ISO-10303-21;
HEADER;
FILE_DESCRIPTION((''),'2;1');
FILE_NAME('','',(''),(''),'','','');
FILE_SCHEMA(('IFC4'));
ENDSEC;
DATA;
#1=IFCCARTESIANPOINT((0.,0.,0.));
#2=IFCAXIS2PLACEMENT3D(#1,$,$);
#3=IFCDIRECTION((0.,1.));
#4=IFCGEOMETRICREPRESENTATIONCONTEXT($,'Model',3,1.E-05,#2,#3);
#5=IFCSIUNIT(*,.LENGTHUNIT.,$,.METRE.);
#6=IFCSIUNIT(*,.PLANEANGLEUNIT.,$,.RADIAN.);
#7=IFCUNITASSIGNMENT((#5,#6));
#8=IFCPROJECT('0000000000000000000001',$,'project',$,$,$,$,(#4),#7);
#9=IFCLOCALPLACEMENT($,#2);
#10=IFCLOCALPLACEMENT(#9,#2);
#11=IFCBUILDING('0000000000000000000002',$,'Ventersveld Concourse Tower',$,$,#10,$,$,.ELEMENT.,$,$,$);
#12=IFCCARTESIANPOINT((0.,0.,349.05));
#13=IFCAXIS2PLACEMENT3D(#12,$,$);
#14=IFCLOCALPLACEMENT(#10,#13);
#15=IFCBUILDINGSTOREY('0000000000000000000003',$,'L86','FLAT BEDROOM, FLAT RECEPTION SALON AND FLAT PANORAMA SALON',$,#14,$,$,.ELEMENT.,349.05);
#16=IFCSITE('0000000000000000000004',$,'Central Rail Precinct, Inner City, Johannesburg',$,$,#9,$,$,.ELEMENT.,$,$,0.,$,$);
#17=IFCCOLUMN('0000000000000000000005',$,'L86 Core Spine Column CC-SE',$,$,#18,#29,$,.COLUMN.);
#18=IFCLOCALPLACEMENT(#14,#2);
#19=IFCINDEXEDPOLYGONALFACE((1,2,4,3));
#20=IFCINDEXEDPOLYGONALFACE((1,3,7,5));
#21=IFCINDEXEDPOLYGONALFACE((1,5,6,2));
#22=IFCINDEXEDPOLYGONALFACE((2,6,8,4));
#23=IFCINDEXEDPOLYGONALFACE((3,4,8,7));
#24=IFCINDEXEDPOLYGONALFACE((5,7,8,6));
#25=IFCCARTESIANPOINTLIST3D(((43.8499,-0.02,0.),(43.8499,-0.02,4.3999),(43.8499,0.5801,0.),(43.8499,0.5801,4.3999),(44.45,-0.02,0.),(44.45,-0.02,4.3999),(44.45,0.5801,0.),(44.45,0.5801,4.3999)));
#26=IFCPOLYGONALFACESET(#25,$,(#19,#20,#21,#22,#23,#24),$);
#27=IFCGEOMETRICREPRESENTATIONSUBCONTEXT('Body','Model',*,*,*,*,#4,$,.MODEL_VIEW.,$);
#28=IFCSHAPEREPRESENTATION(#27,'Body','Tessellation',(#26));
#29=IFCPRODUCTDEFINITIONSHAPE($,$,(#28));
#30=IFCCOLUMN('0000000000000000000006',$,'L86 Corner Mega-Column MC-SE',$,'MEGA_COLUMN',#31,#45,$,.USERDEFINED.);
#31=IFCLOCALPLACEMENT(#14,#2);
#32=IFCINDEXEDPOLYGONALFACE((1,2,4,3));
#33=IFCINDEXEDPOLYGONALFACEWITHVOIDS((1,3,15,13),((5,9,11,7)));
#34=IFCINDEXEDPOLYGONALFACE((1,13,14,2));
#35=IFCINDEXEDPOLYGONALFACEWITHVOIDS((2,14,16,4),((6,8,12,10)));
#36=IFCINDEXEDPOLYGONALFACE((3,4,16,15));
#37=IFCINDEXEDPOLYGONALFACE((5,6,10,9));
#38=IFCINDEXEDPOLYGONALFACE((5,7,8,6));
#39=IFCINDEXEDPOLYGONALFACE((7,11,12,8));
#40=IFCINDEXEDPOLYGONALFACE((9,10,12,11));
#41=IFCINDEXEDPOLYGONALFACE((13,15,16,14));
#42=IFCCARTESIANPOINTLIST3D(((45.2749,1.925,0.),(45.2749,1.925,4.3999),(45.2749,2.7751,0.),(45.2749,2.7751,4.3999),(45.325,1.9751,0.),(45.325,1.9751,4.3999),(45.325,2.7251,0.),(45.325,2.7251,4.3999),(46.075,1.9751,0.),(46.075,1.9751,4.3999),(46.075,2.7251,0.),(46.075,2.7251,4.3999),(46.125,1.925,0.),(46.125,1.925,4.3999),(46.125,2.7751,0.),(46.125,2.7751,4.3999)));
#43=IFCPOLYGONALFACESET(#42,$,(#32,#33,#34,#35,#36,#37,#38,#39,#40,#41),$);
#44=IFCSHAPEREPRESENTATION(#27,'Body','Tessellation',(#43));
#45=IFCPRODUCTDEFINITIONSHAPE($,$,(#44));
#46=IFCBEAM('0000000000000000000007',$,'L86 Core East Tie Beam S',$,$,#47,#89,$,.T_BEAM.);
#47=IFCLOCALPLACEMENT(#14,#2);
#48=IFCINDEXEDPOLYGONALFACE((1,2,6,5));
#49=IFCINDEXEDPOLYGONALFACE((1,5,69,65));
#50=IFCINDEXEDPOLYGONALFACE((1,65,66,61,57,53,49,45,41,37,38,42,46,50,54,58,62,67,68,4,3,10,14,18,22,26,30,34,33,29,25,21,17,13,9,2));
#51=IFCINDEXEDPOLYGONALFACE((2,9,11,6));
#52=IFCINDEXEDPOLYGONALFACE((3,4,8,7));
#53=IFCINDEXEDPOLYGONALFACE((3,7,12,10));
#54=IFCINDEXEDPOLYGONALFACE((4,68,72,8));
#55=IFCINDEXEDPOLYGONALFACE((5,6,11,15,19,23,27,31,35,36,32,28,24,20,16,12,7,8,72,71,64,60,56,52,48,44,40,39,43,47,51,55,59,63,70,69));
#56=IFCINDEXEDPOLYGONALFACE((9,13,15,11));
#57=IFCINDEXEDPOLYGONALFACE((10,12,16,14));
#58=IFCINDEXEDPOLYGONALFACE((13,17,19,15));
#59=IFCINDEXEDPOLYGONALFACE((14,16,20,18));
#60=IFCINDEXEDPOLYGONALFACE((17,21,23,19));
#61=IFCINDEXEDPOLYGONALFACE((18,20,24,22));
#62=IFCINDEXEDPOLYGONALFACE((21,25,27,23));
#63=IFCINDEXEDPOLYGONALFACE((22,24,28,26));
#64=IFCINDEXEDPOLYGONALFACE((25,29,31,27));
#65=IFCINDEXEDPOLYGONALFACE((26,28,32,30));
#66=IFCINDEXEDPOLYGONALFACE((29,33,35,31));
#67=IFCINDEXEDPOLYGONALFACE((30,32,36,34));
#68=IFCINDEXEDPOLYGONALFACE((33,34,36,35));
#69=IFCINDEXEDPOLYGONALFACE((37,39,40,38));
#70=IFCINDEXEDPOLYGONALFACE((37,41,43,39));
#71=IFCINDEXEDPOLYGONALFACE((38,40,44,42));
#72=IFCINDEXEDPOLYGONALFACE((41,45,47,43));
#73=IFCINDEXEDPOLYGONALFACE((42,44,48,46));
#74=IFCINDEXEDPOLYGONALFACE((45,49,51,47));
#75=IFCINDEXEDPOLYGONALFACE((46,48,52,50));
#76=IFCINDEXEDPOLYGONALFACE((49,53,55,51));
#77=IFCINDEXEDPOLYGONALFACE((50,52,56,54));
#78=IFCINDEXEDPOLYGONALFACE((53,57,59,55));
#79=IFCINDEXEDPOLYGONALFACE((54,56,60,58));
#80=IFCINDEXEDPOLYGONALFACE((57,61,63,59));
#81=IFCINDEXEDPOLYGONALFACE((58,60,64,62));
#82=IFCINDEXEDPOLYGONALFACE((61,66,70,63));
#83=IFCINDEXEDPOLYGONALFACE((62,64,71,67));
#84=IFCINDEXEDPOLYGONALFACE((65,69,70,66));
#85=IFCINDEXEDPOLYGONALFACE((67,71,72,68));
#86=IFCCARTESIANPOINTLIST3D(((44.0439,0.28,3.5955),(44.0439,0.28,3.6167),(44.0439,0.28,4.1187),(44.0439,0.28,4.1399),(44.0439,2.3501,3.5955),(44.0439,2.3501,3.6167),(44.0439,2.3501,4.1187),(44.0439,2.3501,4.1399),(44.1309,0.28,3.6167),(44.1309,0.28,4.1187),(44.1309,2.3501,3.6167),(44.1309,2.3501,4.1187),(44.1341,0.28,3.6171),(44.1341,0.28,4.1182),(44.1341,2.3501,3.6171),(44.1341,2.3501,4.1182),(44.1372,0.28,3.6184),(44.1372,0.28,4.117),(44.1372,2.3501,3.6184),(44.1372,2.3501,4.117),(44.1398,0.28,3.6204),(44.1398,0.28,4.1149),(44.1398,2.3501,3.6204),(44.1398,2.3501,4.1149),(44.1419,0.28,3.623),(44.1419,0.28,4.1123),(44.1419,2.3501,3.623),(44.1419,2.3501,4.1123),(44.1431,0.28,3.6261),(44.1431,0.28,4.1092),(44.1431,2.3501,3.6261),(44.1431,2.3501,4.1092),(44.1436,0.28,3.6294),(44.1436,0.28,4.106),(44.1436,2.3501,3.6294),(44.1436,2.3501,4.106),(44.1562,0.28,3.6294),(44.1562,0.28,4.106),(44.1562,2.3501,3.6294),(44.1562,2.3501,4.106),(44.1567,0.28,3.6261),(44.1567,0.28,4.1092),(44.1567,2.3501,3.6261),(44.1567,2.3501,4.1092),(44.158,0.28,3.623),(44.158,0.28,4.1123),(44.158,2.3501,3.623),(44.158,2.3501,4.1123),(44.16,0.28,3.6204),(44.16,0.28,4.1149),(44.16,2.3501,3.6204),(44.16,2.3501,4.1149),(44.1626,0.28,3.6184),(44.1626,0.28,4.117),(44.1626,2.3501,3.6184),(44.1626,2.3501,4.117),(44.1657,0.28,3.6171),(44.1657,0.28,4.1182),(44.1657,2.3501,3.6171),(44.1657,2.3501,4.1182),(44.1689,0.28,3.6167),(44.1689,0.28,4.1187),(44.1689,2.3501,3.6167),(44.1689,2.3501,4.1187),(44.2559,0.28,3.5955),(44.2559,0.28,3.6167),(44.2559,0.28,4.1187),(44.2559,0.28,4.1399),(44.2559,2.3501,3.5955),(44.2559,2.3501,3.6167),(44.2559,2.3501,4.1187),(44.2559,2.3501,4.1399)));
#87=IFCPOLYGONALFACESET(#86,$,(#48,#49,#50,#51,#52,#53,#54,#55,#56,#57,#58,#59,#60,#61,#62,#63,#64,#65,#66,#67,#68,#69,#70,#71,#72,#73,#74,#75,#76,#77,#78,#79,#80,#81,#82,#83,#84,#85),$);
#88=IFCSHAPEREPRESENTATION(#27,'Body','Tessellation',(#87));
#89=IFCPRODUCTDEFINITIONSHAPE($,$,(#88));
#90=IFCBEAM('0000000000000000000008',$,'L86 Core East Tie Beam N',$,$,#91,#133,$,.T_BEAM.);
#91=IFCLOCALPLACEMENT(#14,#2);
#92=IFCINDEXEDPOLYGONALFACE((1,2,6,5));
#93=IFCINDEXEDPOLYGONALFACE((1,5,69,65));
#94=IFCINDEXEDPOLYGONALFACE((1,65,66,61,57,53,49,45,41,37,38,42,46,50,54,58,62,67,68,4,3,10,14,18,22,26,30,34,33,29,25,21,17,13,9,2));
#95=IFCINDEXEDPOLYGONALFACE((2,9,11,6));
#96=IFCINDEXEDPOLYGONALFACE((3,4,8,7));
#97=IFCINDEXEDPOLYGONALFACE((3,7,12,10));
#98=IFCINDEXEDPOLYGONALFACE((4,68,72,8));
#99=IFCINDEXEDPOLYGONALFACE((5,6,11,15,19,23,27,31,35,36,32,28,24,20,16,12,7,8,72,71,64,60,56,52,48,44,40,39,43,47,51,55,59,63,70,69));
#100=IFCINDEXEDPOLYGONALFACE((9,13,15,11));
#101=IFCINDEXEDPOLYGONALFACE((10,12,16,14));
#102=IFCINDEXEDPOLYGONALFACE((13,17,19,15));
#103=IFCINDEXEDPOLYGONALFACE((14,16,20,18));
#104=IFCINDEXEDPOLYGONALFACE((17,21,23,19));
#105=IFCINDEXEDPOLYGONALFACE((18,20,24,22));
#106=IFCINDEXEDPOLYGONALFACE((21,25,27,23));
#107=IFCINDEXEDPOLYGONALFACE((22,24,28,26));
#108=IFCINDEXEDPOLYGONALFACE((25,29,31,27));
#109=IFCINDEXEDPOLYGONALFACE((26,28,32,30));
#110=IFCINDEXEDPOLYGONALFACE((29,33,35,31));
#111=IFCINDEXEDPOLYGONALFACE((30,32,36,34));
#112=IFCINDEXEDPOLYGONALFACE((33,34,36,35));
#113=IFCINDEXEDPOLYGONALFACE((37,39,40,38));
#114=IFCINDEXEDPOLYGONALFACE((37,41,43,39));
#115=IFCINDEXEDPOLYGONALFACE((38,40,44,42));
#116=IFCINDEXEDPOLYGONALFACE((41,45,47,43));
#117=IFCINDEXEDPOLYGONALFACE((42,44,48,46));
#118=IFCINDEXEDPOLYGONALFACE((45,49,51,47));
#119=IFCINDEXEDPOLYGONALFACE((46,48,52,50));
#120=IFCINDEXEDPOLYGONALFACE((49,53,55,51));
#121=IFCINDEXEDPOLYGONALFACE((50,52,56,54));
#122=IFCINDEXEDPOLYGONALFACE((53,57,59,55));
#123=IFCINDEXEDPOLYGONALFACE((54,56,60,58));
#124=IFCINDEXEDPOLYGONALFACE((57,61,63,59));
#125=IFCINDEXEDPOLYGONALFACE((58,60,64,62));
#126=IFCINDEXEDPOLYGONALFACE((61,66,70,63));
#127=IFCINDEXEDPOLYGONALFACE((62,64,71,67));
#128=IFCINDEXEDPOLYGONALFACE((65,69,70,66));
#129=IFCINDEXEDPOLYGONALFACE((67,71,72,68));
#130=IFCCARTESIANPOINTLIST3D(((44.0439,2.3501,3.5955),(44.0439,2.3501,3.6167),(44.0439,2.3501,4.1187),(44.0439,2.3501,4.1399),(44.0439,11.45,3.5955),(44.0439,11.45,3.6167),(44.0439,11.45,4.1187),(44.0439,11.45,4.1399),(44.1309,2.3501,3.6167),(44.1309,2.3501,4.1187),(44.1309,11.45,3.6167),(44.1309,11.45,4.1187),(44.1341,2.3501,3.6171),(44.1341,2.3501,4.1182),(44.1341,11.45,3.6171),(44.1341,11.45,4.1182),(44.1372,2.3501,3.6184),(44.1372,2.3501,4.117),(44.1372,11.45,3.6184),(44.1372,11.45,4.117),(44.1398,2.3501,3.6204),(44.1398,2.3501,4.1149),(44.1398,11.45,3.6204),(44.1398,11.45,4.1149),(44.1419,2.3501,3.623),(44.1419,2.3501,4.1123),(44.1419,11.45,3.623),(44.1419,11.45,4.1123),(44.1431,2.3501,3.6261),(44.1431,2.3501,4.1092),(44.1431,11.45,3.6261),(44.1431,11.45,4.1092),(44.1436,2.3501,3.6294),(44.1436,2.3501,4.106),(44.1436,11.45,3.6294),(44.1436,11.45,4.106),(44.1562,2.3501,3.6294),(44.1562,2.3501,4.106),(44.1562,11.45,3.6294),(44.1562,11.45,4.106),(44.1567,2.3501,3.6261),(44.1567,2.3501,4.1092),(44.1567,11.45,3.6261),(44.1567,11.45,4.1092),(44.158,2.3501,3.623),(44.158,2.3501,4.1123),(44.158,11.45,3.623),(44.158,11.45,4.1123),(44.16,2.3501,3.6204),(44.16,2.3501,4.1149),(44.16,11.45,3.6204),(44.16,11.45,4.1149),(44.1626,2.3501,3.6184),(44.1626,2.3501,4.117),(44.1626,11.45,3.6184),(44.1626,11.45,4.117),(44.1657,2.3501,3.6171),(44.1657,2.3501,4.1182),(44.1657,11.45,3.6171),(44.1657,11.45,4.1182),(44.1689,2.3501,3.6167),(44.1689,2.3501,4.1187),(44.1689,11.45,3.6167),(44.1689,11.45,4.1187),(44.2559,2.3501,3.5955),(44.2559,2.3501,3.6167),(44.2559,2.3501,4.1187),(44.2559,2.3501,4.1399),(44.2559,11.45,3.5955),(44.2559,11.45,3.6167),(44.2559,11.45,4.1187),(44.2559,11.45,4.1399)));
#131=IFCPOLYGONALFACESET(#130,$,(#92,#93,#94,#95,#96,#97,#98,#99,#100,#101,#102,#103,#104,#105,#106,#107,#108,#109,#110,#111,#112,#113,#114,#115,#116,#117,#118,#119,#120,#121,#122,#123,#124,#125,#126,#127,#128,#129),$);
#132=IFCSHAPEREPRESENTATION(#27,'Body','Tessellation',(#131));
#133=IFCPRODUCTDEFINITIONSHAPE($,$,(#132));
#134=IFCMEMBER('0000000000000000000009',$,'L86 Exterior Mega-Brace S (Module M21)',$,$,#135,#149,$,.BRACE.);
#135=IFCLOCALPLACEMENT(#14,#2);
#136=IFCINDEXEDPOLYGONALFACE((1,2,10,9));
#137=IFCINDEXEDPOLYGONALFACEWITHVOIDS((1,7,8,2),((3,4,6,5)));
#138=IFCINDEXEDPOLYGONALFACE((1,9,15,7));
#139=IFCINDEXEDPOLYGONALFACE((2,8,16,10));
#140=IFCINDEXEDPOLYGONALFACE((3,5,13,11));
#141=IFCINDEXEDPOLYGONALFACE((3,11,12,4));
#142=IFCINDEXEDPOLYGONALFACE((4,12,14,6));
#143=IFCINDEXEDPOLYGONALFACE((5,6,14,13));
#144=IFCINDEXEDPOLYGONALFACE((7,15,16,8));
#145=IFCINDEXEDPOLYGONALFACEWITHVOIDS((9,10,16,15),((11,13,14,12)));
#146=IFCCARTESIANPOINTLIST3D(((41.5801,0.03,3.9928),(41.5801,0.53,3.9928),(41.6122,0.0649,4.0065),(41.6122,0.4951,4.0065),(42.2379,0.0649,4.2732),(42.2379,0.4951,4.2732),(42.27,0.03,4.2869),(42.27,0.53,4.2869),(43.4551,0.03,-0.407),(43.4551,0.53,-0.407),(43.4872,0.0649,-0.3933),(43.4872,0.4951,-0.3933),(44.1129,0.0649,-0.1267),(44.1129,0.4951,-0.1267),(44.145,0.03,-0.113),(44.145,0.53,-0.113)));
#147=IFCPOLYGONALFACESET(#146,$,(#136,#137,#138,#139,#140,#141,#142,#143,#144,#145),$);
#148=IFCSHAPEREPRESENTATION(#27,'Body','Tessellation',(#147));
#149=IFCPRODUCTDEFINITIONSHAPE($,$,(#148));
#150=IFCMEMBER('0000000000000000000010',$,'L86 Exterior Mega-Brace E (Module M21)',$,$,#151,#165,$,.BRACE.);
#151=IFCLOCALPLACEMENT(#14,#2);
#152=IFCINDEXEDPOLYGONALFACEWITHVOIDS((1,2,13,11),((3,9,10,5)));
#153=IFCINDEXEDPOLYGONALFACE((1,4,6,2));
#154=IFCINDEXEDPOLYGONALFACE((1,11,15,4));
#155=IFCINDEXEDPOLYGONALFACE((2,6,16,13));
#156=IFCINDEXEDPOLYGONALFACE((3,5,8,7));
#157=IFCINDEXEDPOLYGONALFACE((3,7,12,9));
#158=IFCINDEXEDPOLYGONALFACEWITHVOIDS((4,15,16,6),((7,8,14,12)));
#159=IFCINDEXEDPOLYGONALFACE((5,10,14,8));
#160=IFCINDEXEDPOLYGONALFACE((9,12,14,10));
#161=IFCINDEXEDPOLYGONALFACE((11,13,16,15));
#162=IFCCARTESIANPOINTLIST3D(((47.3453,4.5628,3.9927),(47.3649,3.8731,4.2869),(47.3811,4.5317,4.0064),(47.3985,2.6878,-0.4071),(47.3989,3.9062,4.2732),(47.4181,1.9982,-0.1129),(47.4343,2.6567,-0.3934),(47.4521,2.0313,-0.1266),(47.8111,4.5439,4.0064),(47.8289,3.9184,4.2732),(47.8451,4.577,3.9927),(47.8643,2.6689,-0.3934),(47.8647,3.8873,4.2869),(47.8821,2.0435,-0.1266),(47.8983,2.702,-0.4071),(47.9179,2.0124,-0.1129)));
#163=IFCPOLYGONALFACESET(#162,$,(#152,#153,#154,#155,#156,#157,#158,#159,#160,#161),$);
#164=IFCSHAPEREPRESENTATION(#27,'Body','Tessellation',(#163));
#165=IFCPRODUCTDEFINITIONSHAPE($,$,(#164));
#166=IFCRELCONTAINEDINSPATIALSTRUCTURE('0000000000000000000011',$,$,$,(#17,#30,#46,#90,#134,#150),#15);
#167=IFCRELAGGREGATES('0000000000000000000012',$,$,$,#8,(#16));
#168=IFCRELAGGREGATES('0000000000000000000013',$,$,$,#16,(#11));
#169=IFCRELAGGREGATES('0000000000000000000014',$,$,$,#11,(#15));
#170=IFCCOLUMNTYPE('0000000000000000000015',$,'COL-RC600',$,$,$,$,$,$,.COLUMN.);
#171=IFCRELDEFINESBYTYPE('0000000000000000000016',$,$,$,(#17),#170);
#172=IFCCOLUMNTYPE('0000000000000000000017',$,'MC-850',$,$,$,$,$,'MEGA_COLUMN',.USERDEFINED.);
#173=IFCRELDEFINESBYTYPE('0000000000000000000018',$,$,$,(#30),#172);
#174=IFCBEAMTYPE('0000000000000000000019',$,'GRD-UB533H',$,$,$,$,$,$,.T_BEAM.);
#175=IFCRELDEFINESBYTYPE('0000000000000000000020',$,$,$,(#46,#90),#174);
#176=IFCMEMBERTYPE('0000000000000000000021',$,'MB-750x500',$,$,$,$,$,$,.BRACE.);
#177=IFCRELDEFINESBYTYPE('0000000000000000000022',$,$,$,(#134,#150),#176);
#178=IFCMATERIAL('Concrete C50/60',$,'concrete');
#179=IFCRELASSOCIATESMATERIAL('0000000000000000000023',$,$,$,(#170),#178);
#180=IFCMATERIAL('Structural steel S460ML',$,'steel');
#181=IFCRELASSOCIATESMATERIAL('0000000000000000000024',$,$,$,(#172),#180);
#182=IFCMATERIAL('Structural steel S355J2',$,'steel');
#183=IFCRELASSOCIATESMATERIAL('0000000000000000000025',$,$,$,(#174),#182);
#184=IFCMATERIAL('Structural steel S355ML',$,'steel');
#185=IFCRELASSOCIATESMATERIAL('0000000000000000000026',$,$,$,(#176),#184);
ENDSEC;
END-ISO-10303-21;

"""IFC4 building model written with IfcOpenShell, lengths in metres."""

from ifc_helpers import new_model, si_unit, direction, frame, origin, origin_2d, place, context, subcontext, project, spatial, rectangle, hollow_rectangle, i_section, extrude, material, material_profile, profile_set, type_object, element, save


model = new_model("IFC4")

# Units and contexts
model_context = context("Model", 3, precision=1e-05, world=origin(), true_north=direction((0.0, 1.0)))
body_context = subcontext(model_context, "Body", "Model", "MODEL_VIEW")
ifc_project = project(units=[si_unit("LENGTHUNIT", "METRE"), si_unit("PLANEANGLEUNIT", "RADIAN")], contexts=[model_context])

# Site, building, storey
site_placement = place(None, origin())
site = spatial("IfcSite", under=ifc_project, at=site_placement, Name="Central Rail Precinct, Inner City, Johannesburg", CompositionType="ELEMENT", RefElevation=0.0)
building_placement = place(site_placement, origin())
building = spatial("IfcBuilding", under=site, at=building_placement, Name="Ventersveld Concourse Tower", CompositionType="ELEMENT")
storey_placement = place(building_placement, frame((0.0, 0.0, 349.05)))
storey = spatial("IfcBuildingStorey", under=building, at=storey_placement, Name="L86", Description="FLAT BEDROOM, FLAT RECEPTION SALON AND FLAT PANORAMA SALON", CompositionType="ELEMENT", Elevation=349.05)

# Columns
ifc_material_1 = material(Name="Concrete C50/60", Category="concrete")
ifc_material_profile_1 = material_profile(ifc_material_1, rectangle(XDim=0.6001, YDim=0.6001, at=origin_2d()), Name="RC 600x600")
ifc_profile_set_1 = profile_set([ifc_material_profile_1], Name="Concrete C50/60")
column_type_1 = type_object("IfcColumnType", Name="COL-RC600", PredefinedType="COLUMN", material=ifc_profile_set_1)
column_1_placement = place(storey_placement, frame((44.1499, 0.28, 0.0), z_axis=(0.0, 0.0, 1.0), x_axis=(1.0, 0.0, 0.0)))
element("IfcColumn", 1, at=column_1_placement, inside=storey, type_object=column_type_1, Name="L86 Core Spine Column CC-SE", PredefinedType="COLUMN", context=body_context, shape_type="SweptSolid", body=[
    extrude(rectangle(XDim=0.6001, YDim=0.6001, at=origin_2d()), origin(), (0.0, 0.0, 1.0), 4.3999),
])
ifc_material_2 = material(Name="Structural steel S460ML", Category="steel")
ifc_material_profile_2 = material_profile(ifc_material_2, hollow_rectangle(XDim=0.8501, YDim=0.8501, WallThickness=0.05, at=origin_2d()), Name="BOX 850x850x50")
ifc_profile_set_2 = profile_set([ifc_material_profile_2], Name="Structural steel S460ML")
column_type_2 = type_object("IfcColumnType", Name="MC-850", ElementType="MEGA_COLUMN", PredefinedType="USERDEFINED", material=ifc_profile_set_2)
column_2_placement = place(storey_placement, frame((45.7, 2.3501, 0.0), z_axis=(0.0, 0.0, 1.0), x_axis=(1.0, 0.0, 0.0)))
element("IfcColumn", 2, at=column_2_placement, inside=storey, type_object=column_type_2, Name="L86 Corner Mega-Column MC-SE", ObjectType="MEGA_COLUMN", PredefinedType="USERDEFINED", context=body_context, shape_type="SweptSolid", body=[
    extrude(hollow_rectangle(XDim=0.8501, YDim=0.8501, WallThickness=0.05, at=origin_2d()), origin(), (0.0, 0.0, 1.0), 4.3999),
])

# Beams
ifc_material_3 = material(Name="Structural steel S355J2", Category="steel")
ifc_material_profile_3 = material_profile(ifc_material_3, i_section(OverallWidth=0.2119, OverallDepth=0.5444, WebThickness=0.0127, FlangeThickness=0.0212, FilletRadius=0.0127, at=origin_2d()), Name="UB 533x210x122")
ifc_profile_set_3 = profile_set([ifc_material_profile_3], Name="Structural steel S355J2")
beam_type_1 = type_object("IfcBeamType", Name="GRD-UB533H", PredefinedType="T_BEAM", material=ifc_profile_set_3)
beam_1_placement = place(storey_placement, frame((44.1499, 0.28, 3.8677), z_axis=(0.0, 1.0, 0.0), x_axis=(-1.0, 0.0, 0.0)))
element("IfcBeam", 3, at=beam_1_placement, inside=storey, type_object=beam_type_1, Name="L86 Core East Tie Beam S", PredefinedType="T_BEAM", context=body_context, shape_type="SweptSolid", body=[
    extrude(i_section(OverallWidth=0.2119, OverallDepth=0.5444, WebThickness=0.0127, FlangeThickness=0.0212, FilletRadius=0.0127, at=origin_2d()), origin(), (0.0, 0.0, 1.0), 2.0701),
])
beam_2_placement = place(storey_placement, frame((44.1499, 2.3501, 3.8677), z_axis=(0.0, 1.0, 0.0), x_axis=(-1.0, 0.0, 0.0)))
element("IfcBeam", 4, at=beam_2_placement, inside=storey, type_object=beam_type_1, Name="L86 Core East Tie Beam N", PredefinedType="T_BEAM", context=body_context, shape_type="SweptSolid", body=[
    extrude(i_section(OverallWidth=0.2119, OverallDepth=0.5444, WebThickness=0.0127, FlangeThickness=0.0212, FilletRadius=0.0127, at=origin_2d()), origin(), (0.0, 0.0, 1.0), 9.0999),
])

# Members
ifc_material_4 = material(Name="Structural steel S355ML", Category="steel")
ifc_material_profile_4 = material_profile(ifc_material_4, hollow_rectangle(XDim=0.5, YDim=0.75, WallThickness=0.0349, at=origin_2d()), Name="BOX 750x500x35")
ifc_profile_set_4 = profile_set([ifc_material_profile_4], Name="Structural steel S355ML")
member_type = type_object("IfcMemberType", Name="MB-750x500", PredefinedType="BRACE", material=ifc_profile_set_4)
member_1_placement = place(storey_placement, frame((43.8, 0.28, -0.26), z_axis=(-0.392033, 0.0, 0.919951), x_axis=(0.0, -1.0, 0.0)))
element("IfcMember", 5, at=member_1_placement, inside=storey, type_object=member_type, Name="L86 Exterior Mega-Brace S (Module M21)", PredefinedType="BRACE", context=body_context, shape_type="SweptSolid", body=[
    extrude(hollow_rectangle(XDim=0.5, YDim=0.75, WallThickness=0.0349, at=origin_2d()), origin(), (0.0, 0.0, 1.0), 4.7827),
])
member_2_placement = place(storey_placement, frame((47.6582, 2.3501, -0.26), z_axis=(-0.011127, 0.392009, 0.919894), x_axis=(-0.999597, -0.028374, 0.0)))
element("IfcMember", 6, at=member_2_placement, inside=storey, type_object=member_type, Name="L86 Exterior Mega-Brace E (Module M21)", PredefinedType="BRACE", context=body_context, shape_type="SweptSolid", body=[
    extrude(hollow_rectangle(XDim=0.5, YDim=0.75, WallThickness=0.0349, at=origin_2d()), origin(), (0.0, 0.0, 1.0), 4.783),
])

save(model, "model.ifc")
